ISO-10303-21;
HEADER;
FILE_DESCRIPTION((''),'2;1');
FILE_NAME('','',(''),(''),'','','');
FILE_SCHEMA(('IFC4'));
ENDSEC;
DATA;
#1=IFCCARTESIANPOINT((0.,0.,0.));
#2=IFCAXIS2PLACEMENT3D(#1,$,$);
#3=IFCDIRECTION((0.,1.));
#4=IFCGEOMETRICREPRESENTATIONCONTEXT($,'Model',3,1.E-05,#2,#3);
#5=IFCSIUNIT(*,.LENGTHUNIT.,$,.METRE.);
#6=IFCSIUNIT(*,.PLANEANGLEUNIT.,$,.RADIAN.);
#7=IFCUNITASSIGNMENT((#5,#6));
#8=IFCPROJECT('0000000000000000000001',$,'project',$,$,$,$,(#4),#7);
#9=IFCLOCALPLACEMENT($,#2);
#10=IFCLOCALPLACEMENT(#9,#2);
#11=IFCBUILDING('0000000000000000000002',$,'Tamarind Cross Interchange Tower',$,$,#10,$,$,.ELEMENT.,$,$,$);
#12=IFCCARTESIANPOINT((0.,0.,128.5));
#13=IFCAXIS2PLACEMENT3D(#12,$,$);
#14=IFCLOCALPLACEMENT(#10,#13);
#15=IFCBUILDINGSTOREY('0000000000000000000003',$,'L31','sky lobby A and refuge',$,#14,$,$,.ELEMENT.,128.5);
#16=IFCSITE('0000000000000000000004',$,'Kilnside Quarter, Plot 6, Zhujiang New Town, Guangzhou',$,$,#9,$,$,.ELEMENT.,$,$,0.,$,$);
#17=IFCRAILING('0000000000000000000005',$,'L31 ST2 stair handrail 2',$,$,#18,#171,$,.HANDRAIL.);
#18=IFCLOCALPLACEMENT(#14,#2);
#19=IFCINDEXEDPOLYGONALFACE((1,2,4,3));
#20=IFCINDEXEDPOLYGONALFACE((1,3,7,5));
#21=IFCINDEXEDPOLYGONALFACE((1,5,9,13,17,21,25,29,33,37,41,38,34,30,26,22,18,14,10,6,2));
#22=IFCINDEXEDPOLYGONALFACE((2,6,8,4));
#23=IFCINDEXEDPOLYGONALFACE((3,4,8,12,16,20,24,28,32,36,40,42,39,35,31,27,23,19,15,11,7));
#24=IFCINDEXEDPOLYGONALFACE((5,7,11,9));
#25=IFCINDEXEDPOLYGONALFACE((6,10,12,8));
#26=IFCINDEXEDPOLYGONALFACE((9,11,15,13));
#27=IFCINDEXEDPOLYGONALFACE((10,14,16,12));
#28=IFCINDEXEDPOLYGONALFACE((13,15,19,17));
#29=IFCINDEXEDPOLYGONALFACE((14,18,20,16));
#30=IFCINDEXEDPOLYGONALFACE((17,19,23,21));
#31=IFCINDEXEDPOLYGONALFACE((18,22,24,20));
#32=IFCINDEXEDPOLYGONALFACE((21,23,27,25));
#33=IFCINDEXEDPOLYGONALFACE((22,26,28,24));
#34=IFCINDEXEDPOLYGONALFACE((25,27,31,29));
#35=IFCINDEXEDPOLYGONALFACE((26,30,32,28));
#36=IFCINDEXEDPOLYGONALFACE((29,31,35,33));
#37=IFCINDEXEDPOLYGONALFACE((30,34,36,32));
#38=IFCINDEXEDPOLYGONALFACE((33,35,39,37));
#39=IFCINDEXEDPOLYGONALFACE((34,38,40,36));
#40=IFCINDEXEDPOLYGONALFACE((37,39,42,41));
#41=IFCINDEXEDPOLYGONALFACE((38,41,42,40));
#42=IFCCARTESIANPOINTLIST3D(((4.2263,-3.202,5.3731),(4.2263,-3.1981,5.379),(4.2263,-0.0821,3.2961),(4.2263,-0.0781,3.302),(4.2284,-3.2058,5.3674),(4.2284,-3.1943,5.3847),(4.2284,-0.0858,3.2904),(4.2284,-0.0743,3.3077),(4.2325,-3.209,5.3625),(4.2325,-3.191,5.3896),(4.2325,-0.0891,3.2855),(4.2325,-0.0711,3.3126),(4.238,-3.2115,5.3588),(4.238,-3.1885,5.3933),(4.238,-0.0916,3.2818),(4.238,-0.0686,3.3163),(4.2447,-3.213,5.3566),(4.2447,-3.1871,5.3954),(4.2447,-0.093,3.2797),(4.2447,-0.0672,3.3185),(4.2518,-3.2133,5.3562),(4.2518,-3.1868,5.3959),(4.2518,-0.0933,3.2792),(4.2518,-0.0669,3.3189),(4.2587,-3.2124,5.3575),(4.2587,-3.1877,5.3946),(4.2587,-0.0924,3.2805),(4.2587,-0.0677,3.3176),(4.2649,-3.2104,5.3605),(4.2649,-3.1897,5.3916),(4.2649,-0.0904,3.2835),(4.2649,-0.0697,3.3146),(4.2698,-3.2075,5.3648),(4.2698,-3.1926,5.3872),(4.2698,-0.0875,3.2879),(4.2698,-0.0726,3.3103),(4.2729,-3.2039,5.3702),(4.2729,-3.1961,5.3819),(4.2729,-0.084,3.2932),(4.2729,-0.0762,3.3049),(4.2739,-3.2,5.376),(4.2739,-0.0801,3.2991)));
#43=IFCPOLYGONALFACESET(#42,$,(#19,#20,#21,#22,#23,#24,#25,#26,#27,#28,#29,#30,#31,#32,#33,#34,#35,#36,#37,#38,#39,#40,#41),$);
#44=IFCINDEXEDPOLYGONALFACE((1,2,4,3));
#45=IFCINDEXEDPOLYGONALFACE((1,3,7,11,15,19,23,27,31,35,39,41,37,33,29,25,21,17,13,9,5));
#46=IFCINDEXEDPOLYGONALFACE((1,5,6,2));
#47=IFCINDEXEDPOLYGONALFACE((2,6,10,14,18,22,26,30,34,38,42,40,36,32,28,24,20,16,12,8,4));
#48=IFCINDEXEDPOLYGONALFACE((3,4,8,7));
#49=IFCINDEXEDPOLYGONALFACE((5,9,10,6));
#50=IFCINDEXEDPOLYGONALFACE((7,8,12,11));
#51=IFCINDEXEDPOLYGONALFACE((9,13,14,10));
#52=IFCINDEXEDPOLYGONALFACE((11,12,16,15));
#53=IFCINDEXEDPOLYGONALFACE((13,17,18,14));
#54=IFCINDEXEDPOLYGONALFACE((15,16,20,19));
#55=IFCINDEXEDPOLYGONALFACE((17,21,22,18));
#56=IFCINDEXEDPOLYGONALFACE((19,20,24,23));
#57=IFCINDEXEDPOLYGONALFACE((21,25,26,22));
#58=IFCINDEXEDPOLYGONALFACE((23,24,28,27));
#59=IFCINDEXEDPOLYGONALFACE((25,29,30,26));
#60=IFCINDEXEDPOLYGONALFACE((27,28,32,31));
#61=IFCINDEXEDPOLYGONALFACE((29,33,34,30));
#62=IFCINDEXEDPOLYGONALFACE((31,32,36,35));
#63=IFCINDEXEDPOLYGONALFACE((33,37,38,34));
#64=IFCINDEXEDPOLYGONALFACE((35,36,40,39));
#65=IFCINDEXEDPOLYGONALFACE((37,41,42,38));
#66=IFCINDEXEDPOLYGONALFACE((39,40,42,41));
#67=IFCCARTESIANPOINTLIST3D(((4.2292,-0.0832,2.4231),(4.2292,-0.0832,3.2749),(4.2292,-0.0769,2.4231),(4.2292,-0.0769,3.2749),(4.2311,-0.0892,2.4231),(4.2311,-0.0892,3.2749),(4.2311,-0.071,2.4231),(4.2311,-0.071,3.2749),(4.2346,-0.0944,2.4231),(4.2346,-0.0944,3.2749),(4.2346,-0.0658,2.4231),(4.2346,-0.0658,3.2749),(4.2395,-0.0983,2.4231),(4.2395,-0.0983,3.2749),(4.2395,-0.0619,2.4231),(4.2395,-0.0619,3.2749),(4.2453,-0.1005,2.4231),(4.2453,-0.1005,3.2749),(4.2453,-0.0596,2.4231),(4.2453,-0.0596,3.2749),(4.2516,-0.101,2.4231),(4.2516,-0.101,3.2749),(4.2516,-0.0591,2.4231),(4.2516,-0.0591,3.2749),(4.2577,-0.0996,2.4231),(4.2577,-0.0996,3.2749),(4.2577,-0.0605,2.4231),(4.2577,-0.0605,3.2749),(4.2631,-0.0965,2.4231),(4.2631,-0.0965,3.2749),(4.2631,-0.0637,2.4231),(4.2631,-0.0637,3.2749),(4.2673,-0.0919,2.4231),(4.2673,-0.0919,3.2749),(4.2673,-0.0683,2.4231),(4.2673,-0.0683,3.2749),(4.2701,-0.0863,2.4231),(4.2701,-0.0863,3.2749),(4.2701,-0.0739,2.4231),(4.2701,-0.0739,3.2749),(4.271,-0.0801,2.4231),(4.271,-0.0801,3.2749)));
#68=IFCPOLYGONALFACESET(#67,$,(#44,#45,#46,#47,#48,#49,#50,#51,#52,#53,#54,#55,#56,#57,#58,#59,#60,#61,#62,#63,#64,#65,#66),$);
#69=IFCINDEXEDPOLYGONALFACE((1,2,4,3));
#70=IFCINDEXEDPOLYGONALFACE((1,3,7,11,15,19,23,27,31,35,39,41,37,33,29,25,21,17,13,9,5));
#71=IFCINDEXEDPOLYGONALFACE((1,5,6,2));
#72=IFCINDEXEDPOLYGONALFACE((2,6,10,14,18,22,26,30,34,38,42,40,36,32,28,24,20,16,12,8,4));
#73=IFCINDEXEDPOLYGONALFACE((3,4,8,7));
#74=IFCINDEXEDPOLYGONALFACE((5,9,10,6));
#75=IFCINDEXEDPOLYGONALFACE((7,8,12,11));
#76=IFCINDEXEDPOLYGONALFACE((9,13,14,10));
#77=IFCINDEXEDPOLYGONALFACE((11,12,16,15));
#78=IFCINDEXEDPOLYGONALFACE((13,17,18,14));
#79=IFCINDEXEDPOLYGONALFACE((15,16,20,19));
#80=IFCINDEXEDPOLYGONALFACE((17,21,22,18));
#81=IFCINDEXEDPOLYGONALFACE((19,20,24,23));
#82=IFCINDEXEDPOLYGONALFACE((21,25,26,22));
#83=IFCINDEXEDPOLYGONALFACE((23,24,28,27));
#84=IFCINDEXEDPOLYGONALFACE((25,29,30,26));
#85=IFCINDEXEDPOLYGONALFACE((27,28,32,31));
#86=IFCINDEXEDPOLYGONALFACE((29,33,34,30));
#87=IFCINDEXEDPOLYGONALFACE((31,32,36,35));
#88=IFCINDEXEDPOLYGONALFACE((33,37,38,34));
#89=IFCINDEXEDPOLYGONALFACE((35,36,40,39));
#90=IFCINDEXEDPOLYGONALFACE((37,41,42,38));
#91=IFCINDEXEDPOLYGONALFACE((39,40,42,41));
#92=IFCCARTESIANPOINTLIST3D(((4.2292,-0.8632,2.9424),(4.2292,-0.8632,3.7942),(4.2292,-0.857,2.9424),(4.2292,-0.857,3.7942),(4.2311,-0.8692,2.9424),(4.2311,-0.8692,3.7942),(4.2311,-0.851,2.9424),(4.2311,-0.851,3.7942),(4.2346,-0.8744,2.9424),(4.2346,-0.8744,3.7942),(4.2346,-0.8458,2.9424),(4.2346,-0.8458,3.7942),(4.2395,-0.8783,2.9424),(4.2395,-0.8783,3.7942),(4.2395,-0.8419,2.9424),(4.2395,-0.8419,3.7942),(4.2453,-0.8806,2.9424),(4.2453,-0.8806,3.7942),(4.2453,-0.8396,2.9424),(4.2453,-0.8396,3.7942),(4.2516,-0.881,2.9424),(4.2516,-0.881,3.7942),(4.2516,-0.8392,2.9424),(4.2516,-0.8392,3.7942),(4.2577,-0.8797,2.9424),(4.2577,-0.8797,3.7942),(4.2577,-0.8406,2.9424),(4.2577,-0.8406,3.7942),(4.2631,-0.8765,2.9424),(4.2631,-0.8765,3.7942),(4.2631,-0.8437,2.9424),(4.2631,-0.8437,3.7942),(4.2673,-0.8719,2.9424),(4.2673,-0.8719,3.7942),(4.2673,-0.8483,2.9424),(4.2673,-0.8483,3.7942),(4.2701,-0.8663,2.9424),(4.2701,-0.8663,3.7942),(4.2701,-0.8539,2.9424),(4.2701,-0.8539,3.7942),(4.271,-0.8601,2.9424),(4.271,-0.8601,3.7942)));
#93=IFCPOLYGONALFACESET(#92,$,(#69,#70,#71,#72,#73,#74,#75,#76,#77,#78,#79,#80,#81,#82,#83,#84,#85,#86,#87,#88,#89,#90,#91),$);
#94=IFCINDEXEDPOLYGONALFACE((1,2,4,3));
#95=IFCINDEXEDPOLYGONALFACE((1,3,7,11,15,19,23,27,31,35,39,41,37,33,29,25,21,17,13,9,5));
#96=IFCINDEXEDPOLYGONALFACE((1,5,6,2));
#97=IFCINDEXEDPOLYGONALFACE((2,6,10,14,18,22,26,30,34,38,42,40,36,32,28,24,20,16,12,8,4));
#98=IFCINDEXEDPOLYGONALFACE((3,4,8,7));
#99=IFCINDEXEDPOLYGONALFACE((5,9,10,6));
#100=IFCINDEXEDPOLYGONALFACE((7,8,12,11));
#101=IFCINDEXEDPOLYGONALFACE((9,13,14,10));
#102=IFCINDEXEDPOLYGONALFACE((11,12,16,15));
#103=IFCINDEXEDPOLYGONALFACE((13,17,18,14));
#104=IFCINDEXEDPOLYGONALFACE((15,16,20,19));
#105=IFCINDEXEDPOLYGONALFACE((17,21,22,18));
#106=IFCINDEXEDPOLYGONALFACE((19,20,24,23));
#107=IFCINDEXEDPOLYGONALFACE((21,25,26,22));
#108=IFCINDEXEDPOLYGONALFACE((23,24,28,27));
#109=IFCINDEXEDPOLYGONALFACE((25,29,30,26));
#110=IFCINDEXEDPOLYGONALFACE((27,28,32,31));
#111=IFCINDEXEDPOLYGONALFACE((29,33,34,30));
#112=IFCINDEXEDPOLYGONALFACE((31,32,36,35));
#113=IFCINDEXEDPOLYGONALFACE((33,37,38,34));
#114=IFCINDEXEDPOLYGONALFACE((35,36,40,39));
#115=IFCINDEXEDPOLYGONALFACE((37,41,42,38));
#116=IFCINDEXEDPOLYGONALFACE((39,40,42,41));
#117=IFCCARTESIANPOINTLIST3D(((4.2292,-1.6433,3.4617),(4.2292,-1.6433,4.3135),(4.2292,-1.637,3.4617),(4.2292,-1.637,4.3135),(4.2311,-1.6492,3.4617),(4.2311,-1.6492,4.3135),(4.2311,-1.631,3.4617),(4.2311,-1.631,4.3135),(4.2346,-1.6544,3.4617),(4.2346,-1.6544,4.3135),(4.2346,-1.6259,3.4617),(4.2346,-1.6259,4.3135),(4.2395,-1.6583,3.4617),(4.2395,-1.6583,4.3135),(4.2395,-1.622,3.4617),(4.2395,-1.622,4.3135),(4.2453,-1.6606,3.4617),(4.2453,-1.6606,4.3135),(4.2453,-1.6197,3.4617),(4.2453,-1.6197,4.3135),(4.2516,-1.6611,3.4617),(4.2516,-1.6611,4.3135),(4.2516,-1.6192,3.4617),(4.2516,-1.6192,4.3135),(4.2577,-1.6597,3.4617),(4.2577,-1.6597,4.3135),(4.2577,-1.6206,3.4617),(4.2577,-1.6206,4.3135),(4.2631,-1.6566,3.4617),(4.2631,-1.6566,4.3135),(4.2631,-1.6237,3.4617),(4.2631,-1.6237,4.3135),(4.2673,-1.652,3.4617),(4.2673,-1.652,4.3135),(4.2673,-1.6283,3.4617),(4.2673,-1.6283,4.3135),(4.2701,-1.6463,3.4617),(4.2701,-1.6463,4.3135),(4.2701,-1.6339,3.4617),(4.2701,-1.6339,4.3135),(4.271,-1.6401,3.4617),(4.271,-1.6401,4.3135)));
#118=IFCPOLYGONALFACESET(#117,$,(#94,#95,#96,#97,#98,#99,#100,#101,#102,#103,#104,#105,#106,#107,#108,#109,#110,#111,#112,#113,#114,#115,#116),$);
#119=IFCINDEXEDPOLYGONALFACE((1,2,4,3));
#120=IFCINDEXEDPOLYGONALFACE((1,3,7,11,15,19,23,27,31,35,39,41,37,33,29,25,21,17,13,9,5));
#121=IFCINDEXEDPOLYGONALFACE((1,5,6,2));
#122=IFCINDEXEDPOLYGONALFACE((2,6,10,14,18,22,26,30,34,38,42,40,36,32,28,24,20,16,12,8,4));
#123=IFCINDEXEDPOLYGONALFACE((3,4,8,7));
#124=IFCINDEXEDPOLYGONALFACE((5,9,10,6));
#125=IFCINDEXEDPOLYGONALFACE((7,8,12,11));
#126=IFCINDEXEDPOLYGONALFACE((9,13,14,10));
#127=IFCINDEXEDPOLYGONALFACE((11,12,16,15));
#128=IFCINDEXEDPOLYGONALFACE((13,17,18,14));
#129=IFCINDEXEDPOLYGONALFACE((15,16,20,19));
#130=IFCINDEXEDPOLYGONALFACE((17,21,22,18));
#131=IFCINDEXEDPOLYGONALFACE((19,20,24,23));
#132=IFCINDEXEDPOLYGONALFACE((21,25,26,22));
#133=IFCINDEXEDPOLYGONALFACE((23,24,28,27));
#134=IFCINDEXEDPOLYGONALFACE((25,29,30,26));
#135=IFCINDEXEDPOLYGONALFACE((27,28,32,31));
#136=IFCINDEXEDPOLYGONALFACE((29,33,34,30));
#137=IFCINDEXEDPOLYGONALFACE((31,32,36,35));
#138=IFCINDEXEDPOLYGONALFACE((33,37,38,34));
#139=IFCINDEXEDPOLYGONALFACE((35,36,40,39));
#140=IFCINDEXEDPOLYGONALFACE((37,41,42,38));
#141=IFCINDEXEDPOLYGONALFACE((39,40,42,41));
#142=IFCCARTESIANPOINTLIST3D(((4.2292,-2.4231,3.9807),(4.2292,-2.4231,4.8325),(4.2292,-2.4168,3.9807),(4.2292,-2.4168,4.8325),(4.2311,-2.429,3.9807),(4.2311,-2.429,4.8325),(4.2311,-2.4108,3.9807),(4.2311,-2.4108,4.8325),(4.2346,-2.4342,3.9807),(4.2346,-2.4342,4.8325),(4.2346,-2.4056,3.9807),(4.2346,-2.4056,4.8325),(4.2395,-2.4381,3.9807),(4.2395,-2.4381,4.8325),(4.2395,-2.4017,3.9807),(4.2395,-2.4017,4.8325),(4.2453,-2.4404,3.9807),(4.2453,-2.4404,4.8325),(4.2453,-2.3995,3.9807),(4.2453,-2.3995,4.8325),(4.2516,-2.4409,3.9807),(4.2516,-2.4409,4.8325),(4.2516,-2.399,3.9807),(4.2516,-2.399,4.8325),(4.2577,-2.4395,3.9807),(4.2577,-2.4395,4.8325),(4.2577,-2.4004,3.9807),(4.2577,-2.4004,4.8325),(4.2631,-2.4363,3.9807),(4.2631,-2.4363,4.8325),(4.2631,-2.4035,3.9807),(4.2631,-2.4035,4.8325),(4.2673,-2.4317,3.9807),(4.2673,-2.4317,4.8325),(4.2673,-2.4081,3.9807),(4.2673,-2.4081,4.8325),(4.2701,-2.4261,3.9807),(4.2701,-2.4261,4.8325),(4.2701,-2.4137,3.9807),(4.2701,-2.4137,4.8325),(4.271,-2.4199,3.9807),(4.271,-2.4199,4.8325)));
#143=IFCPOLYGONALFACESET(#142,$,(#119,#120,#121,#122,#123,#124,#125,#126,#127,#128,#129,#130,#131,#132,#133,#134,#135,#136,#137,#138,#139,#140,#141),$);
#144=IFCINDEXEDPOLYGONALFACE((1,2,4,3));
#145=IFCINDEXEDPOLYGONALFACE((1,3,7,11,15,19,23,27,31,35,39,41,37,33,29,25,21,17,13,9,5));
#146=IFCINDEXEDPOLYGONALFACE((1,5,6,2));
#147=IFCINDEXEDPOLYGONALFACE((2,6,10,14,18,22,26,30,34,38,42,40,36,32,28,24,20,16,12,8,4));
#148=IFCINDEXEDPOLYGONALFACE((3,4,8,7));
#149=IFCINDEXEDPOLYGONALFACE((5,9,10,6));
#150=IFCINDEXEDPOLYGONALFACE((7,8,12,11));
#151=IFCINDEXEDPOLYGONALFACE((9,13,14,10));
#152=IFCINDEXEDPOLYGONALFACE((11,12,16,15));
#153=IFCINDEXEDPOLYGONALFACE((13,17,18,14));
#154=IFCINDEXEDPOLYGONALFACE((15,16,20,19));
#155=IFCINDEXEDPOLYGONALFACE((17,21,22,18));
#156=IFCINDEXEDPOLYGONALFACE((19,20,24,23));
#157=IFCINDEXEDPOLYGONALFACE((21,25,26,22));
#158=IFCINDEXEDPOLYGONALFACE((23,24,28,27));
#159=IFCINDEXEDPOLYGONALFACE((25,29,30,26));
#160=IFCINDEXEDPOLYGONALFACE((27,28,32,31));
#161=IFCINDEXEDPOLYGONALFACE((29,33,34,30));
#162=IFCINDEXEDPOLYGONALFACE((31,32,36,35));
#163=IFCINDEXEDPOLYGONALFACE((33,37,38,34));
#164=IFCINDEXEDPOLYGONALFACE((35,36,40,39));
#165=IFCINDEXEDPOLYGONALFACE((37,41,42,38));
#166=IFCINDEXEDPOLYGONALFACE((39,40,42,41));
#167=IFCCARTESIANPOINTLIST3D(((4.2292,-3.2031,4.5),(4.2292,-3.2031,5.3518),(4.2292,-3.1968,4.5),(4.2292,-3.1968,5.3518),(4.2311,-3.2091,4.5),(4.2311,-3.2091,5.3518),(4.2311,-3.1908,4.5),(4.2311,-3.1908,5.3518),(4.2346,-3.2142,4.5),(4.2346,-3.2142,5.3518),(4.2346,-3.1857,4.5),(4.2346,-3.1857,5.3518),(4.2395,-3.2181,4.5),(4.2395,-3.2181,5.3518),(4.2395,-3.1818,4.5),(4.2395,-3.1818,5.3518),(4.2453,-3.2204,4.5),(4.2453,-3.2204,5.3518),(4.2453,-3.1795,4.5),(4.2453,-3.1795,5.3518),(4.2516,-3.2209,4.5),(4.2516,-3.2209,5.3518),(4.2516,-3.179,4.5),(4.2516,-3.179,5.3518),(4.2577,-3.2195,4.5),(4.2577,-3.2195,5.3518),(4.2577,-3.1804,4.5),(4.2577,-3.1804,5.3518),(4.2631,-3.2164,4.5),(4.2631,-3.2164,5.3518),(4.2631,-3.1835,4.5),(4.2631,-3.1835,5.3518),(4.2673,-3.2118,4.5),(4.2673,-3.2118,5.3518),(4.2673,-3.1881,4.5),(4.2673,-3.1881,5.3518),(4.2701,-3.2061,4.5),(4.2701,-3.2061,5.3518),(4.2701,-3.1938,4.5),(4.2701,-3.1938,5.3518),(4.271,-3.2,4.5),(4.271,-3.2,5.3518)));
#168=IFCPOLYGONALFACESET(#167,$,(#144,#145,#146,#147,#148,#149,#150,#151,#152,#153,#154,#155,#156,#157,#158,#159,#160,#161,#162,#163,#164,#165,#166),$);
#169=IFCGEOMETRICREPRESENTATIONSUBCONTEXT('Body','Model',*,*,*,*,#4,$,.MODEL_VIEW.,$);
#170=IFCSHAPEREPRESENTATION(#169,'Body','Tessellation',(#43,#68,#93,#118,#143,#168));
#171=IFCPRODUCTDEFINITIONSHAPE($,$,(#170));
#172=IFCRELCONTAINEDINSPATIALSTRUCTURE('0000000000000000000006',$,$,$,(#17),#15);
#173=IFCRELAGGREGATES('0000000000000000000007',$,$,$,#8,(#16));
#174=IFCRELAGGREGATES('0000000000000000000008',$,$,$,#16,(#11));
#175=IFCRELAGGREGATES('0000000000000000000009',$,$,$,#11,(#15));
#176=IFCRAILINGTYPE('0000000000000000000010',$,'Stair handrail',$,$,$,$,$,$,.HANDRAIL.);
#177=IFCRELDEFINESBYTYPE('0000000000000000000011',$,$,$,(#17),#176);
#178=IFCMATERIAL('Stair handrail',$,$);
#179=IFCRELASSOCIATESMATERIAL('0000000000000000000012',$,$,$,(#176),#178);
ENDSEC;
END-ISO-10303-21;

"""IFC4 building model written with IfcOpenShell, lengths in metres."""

from ifc_helpers import new_model, si_unit, direction, frame, origin, origin_2d, place, context, subcontext, project, spatial, circle, extrude, material, type_object, element, save


model = new_model("IFC4")

# Units and contexts
model_context = context("Model", 3, precision=1e-05, world=origin(), true_north=direction((0.0, 1.0)))
body_context = subcontext(model_context, "Body", "Model", "MODEL_VIEW")
ifc_project = project(units=[si_unit("LENGTHUNIT", "METRE"), si_unit("PLANEANGLEUNIT", "RADIAN")], contexts=[model_context])

# Site, building, storey
site_placement = place(None, origin())
site = spatial("IfcSite", under=ifc_project, at=site_placement, Name="Kilnside Quarter, Plot 6, Zhujiang New Town, Guangzhou", CompositionType="ELEMENT", RefElevation=0.0)
building_placement = place(site_placement, origin())
building = spatial("IfcBuilding", under=site, at=building_placement, Name="Tamarind Cross Interchange Tower", CompositionType="ELEMENT")
storey_placement = place(building_placement, frame((0.0, 0.0, 128.5)))
storey = spatial("IfcBuildingStorey", under=building, at=storey_placement, Name="L31", Description="sky lobby A and refuge", CompositionType="ELEMENT", Elevation=128.5)

# Railing
ifc_material_1 = material(Name="Stair handrail")
railing_type_1 = type_object("IfcRailingType", Name="Stair handrail", PredefinedType="HANDRAIL", material=ifc_material_1)
railing_1_placement = place(storey_placement, frame((4.25, -0.0801, 2.4231)))
element("IfcRailing", 1, at=railing_1_placement, inside=storey, type_object=railing_type_1, Name="L31 ST2 stair handrail 2", PredefinedType="HANDRAIL", context=body_context, shape_type="SweptSolid", body=[
    extrude(circle(Radius=0.0239, at=origin_2d()), frame((0.0, 0.0, 0.876), z_axis=(0.0, -0.832421, 0.554144), x_axis=(1.0, 0.0, 0.0)), (0.0, 0.0, 1.0), 3.748),
    extrude(circle(Radius=0.021, at=origin_2d()), origin(), (0.0, 0.0, 1.0), 0.8518),
    extrude(circle(Radius=0.021, at=origin_2d()), frame((0.0, -0.78, 0.5193)), (0.0, 0.0, 1.0), 0.8518),
    extrude(circle(Radius=0.021, at=origin_2d()), frame((0.0, -1.5601, 1.0386)), (0.0, 0.0, 1.0), 0.8518),
    extrude(circle(Radius=0.021, at=origin_2d()), frame((0.0, -2.3398, 1.5576)), (0.0, 0.0, 1.0), 0.8518),
    extrude(circle(Radius=0.021, at=origin_2d()), frame((0.0, -3.1199, 2.0769)), (0.0, 0.0, 1.0), 0.8518),
])

save(model, "model.ifc")
